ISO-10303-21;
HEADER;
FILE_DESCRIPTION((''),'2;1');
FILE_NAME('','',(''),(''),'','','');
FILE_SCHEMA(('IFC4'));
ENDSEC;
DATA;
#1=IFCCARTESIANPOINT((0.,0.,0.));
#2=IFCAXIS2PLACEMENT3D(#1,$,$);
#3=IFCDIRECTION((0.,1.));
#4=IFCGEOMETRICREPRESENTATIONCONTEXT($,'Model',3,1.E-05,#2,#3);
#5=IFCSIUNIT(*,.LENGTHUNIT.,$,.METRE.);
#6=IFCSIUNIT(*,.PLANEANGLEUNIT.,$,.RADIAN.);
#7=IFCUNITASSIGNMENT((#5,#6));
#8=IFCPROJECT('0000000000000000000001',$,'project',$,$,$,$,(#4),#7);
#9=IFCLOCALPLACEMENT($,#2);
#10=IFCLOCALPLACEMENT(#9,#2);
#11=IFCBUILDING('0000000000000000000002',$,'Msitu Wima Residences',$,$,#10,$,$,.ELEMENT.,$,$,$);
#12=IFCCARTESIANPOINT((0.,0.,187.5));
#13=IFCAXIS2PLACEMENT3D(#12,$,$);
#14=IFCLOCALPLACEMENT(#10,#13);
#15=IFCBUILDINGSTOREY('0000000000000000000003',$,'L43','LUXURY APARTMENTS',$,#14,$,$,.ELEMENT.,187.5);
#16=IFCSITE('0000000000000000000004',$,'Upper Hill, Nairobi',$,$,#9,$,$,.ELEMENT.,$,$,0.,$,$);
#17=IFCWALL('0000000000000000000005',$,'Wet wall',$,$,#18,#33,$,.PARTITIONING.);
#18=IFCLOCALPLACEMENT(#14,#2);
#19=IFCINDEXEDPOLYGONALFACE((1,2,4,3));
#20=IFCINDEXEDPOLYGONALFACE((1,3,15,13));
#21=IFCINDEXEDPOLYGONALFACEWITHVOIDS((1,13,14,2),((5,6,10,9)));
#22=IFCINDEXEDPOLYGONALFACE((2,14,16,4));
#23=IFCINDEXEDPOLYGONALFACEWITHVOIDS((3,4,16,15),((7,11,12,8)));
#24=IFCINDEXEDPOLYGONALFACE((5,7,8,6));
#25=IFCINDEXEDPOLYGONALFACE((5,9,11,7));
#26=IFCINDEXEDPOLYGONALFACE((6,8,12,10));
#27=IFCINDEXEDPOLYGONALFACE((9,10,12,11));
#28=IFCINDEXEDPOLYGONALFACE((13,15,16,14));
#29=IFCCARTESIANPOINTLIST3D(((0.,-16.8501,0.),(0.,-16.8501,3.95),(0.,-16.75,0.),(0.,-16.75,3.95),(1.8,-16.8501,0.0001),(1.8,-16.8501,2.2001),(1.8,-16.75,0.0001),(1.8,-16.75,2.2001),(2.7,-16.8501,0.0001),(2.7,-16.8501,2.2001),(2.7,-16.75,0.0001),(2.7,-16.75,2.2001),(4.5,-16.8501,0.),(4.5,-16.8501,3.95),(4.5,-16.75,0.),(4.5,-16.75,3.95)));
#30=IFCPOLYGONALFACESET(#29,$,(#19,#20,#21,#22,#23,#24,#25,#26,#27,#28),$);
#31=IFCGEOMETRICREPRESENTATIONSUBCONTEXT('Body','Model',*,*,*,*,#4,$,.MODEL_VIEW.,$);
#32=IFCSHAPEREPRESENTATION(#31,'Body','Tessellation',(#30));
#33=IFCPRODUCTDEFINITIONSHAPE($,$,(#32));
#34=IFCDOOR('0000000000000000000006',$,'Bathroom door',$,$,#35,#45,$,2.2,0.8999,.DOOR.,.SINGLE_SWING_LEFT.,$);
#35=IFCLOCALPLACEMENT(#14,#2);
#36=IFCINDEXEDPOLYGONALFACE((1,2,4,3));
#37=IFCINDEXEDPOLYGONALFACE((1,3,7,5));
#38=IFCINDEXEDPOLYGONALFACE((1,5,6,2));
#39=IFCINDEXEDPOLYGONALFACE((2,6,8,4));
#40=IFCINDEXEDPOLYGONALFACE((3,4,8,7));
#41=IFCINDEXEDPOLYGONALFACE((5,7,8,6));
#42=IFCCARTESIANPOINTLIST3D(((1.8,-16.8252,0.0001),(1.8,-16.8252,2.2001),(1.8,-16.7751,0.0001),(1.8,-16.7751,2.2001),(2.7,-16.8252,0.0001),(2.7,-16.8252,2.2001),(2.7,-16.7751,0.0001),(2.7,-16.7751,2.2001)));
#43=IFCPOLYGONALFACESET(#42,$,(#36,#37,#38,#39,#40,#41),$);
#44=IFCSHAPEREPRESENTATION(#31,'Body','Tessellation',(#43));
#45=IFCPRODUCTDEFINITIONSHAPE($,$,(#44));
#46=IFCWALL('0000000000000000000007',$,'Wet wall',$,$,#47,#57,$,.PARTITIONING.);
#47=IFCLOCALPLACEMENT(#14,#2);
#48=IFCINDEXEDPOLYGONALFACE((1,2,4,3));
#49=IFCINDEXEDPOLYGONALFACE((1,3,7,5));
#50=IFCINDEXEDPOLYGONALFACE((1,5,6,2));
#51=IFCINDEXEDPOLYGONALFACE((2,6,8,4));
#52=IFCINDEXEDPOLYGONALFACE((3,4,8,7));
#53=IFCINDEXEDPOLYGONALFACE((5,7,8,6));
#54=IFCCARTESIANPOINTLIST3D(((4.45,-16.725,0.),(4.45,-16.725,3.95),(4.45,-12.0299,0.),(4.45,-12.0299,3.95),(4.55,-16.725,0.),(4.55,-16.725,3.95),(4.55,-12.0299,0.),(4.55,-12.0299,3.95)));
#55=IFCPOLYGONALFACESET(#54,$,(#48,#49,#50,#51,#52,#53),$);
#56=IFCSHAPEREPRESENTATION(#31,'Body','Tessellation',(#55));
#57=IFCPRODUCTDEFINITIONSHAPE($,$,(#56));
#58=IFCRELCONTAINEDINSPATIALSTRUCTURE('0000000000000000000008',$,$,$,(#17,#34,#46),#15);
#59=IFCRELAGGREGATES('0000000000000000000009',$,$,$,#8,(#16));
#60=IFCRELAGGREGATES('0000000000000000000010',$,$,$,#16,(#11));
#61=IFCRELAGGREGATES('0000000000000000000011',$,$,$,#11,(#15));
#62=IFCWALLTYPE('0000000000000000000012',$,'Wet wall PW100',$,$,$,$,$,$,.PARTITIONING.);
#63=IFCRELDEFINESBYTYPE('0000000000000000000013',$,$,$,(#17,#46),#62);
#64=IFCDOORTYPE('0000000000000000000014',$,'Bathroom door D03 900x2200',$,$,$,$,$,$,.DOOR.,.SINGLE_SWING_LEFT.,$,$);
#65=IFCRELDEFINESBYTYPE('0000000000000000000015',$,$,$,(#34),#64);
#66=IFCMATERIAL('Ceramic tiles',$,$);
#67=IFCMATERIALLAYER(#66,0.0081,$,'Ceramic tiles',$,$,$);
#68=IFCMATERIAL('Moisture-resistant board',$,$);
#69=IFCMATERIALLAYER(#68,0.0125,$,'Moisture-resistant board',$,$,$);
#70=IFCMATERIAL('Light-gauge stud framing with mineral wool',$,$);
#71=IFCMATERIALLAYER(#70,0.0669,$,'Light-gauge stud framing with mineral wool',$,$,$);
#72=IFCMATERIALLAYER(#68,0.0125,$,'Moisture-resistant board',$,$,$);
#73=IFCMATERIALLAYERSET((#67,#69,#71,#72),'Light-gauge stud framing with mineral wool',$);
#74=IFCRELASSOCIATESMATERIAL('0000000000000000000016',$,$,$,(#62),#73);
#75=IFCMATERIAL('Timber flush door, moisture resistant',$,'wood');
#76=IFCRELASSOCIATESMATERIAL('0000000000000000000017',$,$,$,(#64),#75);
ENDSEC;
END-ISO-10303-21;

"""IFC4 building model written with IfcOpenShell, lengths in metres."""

from ifc_helpers import new_model, si_unit, direction, frame, frame_2d, origin, place, context, subcontext, project, spatial, rectangle, extrude, material, layer, layer_set, type_object, element, fill, save


model = new_model("IFC4")

# Units and contexts
model_context = context("Model", 3, precision=1e-05, world=origin(), true_north=direction((0.0, 1.0)))
body_context = subcontext(model_context, "Body", "Model", "MODEL_VIEW")
ifc_project = project(units=[si_unit("LENGTHUNIT", "METRE"), si_unit("PLANEANGLEUNIT", "RADIAN")], contexts=[model_context])

# Site, building, storey
site_placement = place(None, origin())
site = spatial("IfcSite", under=ifc_project, at=site_placement, Name="Upper Hill, Nairobi", CompositionType="ELEMENT", RefElevation=0.0)
building_placement = place(site_placement, origin())
building = spatial("IfcBuilding", under=site, at=building_placement, Name="Msitu Wima Residences", CompositionType="ELEMENT")
storey_placement = place(building_placement, frame((0.0, 0.0, 187.5)))
storey = spatial("IfcBuildingStorey", under=building, at=storey_placement, Name="L43", Description="LUXURY APARTMENTS", CompositionType="ELEMENT", Elevation=187.5)

# Wall, opening, door
ifc_material_1 = material(Name="Ceramic tiles")
ifc_layer_1 = layer(ifc_material_1, 0.0081, Name="Ceramic tiles")
ifc_material_2 = material(Name="Moisture-resistant board")
ifc_layer_2 = layer(ifc_material_2, 0.0125, Name="Moisture-resistant board")
ifc_material_3 = material(Name="Light-gauge stud framing with mineral wool")
ifc_layer_3 = layer(ifc_material_3, 0.0669, Name="Light-gauge stud framing with mineral wool")
ifc_layer_4 = layer(ifc_material_2, 0.0125, Name="Moisture-resistant board")
ifc_layer_set_1 = layer_set([ifc_layer_1, ifc_layer_2, ifc_layer_3, ifc_layer_4], Name="Light-gauge stud framing with mineral wool")
wall_type_1 = type_object("IfcWallType", Name="Wet wall PW100", PredefinedType="PARTITIONING", material=ifc_layer_set_1)
wall_1_placement = place(storey_placement, frame((0.0, -16.8, 0.0), z_axis=(0.0, 0.0, 1.0), x_axis=(1.0, 0.0, 0.0)))
wall_1 = element("IfcWall", 1, at=wall_1_placement, inside=storey, type_object=wall_type_1, Name="Wet wall", PredefinedType="PARTITIONING", context=body_context, shape_type="SweptSolid", body=[
    extrude(rectangle(XDim=4.5, YDim=0.1001, at=frame_2d((2.25, 0.0))), origin(), (0.0, 0.0, 1.0), 3.95),
])
opening_1_placement = place(wall_1_placement, frame((1.8, 0.0, 0.0)))
opening_1 = element("IfcOpeningElement", 2, at=opening_1_placement, cuts=wall_1, PredefinedType="OPENING", context=body_context, shape_type="SweptSolid", body=[
    extrude(rectangle(XDim=0.8999, YDim=2.2, at=frame_2d((0.45, 1.1001))), frame((0.0, 0.0601, 0.0), z_axis=(0.0, -1.0, 0.0), x_axis=(1.0, 0.0, 0.0)), (0.0, 0.0, 1.0), 0.1201),
])
ifc_material_4 = material(Name="Timber flush door, moisture resistant", Category="wood")
door_type_1 = type_object("IfcDoorType", Name="Bathroom door D03 900x2200", OperationType="SINGLE_SWING_LEFT", PredefinedType="DOOR", material=ifc_material_4)
door_1_placement = place(opening_1_placement, origin())
door_1 = element("IfcDoor", 3, at=door_1_placement, inside=storey, type_object=door_type_1, Name="Bathroom door", OperationType="SINGLE_SWING_LEFT", OverallHeight=2.2, OverallWidth=0.8999, PredefinedType="DOOR", context=body_context, shape_type="SweptSolid", body=[
    extrude(rectangle(XDim=0.8999, YDim=2.2, at=frame_2d((0.45, 1.1001))), frame((0.0, 0.0249, 0.0), z_axis=(0.0, -1.0, 0.0), x_axis=(1.0, 0.0, 0.0)), (0.0, 0.0, 1.0), 0.05),
])
fill(opening_1, door_1)

# Wall
wall_2_placement = place(storey_placement, frame((4.5, -16.7251, 0.0), z_axis=(0.0, 0.0, 1.0), x_axis=(0.0, 1.0, 0.0)))
element("IfcWall", 4, at=wall_2_placement, inside=storey, type_object=wall_type_1, Name="Wet wall", PredefinedType="PARTITIONING", context=body_context, shape_type="SweptSolid", body=[
    extrude(rectangle(XDim=4.6951, YDim=0.1001, at=frame_2d((2.3477, 0.0))), origin(), (0.0, 0.0, 1.0), 3.95),
])

save(model, "model.ifc")
